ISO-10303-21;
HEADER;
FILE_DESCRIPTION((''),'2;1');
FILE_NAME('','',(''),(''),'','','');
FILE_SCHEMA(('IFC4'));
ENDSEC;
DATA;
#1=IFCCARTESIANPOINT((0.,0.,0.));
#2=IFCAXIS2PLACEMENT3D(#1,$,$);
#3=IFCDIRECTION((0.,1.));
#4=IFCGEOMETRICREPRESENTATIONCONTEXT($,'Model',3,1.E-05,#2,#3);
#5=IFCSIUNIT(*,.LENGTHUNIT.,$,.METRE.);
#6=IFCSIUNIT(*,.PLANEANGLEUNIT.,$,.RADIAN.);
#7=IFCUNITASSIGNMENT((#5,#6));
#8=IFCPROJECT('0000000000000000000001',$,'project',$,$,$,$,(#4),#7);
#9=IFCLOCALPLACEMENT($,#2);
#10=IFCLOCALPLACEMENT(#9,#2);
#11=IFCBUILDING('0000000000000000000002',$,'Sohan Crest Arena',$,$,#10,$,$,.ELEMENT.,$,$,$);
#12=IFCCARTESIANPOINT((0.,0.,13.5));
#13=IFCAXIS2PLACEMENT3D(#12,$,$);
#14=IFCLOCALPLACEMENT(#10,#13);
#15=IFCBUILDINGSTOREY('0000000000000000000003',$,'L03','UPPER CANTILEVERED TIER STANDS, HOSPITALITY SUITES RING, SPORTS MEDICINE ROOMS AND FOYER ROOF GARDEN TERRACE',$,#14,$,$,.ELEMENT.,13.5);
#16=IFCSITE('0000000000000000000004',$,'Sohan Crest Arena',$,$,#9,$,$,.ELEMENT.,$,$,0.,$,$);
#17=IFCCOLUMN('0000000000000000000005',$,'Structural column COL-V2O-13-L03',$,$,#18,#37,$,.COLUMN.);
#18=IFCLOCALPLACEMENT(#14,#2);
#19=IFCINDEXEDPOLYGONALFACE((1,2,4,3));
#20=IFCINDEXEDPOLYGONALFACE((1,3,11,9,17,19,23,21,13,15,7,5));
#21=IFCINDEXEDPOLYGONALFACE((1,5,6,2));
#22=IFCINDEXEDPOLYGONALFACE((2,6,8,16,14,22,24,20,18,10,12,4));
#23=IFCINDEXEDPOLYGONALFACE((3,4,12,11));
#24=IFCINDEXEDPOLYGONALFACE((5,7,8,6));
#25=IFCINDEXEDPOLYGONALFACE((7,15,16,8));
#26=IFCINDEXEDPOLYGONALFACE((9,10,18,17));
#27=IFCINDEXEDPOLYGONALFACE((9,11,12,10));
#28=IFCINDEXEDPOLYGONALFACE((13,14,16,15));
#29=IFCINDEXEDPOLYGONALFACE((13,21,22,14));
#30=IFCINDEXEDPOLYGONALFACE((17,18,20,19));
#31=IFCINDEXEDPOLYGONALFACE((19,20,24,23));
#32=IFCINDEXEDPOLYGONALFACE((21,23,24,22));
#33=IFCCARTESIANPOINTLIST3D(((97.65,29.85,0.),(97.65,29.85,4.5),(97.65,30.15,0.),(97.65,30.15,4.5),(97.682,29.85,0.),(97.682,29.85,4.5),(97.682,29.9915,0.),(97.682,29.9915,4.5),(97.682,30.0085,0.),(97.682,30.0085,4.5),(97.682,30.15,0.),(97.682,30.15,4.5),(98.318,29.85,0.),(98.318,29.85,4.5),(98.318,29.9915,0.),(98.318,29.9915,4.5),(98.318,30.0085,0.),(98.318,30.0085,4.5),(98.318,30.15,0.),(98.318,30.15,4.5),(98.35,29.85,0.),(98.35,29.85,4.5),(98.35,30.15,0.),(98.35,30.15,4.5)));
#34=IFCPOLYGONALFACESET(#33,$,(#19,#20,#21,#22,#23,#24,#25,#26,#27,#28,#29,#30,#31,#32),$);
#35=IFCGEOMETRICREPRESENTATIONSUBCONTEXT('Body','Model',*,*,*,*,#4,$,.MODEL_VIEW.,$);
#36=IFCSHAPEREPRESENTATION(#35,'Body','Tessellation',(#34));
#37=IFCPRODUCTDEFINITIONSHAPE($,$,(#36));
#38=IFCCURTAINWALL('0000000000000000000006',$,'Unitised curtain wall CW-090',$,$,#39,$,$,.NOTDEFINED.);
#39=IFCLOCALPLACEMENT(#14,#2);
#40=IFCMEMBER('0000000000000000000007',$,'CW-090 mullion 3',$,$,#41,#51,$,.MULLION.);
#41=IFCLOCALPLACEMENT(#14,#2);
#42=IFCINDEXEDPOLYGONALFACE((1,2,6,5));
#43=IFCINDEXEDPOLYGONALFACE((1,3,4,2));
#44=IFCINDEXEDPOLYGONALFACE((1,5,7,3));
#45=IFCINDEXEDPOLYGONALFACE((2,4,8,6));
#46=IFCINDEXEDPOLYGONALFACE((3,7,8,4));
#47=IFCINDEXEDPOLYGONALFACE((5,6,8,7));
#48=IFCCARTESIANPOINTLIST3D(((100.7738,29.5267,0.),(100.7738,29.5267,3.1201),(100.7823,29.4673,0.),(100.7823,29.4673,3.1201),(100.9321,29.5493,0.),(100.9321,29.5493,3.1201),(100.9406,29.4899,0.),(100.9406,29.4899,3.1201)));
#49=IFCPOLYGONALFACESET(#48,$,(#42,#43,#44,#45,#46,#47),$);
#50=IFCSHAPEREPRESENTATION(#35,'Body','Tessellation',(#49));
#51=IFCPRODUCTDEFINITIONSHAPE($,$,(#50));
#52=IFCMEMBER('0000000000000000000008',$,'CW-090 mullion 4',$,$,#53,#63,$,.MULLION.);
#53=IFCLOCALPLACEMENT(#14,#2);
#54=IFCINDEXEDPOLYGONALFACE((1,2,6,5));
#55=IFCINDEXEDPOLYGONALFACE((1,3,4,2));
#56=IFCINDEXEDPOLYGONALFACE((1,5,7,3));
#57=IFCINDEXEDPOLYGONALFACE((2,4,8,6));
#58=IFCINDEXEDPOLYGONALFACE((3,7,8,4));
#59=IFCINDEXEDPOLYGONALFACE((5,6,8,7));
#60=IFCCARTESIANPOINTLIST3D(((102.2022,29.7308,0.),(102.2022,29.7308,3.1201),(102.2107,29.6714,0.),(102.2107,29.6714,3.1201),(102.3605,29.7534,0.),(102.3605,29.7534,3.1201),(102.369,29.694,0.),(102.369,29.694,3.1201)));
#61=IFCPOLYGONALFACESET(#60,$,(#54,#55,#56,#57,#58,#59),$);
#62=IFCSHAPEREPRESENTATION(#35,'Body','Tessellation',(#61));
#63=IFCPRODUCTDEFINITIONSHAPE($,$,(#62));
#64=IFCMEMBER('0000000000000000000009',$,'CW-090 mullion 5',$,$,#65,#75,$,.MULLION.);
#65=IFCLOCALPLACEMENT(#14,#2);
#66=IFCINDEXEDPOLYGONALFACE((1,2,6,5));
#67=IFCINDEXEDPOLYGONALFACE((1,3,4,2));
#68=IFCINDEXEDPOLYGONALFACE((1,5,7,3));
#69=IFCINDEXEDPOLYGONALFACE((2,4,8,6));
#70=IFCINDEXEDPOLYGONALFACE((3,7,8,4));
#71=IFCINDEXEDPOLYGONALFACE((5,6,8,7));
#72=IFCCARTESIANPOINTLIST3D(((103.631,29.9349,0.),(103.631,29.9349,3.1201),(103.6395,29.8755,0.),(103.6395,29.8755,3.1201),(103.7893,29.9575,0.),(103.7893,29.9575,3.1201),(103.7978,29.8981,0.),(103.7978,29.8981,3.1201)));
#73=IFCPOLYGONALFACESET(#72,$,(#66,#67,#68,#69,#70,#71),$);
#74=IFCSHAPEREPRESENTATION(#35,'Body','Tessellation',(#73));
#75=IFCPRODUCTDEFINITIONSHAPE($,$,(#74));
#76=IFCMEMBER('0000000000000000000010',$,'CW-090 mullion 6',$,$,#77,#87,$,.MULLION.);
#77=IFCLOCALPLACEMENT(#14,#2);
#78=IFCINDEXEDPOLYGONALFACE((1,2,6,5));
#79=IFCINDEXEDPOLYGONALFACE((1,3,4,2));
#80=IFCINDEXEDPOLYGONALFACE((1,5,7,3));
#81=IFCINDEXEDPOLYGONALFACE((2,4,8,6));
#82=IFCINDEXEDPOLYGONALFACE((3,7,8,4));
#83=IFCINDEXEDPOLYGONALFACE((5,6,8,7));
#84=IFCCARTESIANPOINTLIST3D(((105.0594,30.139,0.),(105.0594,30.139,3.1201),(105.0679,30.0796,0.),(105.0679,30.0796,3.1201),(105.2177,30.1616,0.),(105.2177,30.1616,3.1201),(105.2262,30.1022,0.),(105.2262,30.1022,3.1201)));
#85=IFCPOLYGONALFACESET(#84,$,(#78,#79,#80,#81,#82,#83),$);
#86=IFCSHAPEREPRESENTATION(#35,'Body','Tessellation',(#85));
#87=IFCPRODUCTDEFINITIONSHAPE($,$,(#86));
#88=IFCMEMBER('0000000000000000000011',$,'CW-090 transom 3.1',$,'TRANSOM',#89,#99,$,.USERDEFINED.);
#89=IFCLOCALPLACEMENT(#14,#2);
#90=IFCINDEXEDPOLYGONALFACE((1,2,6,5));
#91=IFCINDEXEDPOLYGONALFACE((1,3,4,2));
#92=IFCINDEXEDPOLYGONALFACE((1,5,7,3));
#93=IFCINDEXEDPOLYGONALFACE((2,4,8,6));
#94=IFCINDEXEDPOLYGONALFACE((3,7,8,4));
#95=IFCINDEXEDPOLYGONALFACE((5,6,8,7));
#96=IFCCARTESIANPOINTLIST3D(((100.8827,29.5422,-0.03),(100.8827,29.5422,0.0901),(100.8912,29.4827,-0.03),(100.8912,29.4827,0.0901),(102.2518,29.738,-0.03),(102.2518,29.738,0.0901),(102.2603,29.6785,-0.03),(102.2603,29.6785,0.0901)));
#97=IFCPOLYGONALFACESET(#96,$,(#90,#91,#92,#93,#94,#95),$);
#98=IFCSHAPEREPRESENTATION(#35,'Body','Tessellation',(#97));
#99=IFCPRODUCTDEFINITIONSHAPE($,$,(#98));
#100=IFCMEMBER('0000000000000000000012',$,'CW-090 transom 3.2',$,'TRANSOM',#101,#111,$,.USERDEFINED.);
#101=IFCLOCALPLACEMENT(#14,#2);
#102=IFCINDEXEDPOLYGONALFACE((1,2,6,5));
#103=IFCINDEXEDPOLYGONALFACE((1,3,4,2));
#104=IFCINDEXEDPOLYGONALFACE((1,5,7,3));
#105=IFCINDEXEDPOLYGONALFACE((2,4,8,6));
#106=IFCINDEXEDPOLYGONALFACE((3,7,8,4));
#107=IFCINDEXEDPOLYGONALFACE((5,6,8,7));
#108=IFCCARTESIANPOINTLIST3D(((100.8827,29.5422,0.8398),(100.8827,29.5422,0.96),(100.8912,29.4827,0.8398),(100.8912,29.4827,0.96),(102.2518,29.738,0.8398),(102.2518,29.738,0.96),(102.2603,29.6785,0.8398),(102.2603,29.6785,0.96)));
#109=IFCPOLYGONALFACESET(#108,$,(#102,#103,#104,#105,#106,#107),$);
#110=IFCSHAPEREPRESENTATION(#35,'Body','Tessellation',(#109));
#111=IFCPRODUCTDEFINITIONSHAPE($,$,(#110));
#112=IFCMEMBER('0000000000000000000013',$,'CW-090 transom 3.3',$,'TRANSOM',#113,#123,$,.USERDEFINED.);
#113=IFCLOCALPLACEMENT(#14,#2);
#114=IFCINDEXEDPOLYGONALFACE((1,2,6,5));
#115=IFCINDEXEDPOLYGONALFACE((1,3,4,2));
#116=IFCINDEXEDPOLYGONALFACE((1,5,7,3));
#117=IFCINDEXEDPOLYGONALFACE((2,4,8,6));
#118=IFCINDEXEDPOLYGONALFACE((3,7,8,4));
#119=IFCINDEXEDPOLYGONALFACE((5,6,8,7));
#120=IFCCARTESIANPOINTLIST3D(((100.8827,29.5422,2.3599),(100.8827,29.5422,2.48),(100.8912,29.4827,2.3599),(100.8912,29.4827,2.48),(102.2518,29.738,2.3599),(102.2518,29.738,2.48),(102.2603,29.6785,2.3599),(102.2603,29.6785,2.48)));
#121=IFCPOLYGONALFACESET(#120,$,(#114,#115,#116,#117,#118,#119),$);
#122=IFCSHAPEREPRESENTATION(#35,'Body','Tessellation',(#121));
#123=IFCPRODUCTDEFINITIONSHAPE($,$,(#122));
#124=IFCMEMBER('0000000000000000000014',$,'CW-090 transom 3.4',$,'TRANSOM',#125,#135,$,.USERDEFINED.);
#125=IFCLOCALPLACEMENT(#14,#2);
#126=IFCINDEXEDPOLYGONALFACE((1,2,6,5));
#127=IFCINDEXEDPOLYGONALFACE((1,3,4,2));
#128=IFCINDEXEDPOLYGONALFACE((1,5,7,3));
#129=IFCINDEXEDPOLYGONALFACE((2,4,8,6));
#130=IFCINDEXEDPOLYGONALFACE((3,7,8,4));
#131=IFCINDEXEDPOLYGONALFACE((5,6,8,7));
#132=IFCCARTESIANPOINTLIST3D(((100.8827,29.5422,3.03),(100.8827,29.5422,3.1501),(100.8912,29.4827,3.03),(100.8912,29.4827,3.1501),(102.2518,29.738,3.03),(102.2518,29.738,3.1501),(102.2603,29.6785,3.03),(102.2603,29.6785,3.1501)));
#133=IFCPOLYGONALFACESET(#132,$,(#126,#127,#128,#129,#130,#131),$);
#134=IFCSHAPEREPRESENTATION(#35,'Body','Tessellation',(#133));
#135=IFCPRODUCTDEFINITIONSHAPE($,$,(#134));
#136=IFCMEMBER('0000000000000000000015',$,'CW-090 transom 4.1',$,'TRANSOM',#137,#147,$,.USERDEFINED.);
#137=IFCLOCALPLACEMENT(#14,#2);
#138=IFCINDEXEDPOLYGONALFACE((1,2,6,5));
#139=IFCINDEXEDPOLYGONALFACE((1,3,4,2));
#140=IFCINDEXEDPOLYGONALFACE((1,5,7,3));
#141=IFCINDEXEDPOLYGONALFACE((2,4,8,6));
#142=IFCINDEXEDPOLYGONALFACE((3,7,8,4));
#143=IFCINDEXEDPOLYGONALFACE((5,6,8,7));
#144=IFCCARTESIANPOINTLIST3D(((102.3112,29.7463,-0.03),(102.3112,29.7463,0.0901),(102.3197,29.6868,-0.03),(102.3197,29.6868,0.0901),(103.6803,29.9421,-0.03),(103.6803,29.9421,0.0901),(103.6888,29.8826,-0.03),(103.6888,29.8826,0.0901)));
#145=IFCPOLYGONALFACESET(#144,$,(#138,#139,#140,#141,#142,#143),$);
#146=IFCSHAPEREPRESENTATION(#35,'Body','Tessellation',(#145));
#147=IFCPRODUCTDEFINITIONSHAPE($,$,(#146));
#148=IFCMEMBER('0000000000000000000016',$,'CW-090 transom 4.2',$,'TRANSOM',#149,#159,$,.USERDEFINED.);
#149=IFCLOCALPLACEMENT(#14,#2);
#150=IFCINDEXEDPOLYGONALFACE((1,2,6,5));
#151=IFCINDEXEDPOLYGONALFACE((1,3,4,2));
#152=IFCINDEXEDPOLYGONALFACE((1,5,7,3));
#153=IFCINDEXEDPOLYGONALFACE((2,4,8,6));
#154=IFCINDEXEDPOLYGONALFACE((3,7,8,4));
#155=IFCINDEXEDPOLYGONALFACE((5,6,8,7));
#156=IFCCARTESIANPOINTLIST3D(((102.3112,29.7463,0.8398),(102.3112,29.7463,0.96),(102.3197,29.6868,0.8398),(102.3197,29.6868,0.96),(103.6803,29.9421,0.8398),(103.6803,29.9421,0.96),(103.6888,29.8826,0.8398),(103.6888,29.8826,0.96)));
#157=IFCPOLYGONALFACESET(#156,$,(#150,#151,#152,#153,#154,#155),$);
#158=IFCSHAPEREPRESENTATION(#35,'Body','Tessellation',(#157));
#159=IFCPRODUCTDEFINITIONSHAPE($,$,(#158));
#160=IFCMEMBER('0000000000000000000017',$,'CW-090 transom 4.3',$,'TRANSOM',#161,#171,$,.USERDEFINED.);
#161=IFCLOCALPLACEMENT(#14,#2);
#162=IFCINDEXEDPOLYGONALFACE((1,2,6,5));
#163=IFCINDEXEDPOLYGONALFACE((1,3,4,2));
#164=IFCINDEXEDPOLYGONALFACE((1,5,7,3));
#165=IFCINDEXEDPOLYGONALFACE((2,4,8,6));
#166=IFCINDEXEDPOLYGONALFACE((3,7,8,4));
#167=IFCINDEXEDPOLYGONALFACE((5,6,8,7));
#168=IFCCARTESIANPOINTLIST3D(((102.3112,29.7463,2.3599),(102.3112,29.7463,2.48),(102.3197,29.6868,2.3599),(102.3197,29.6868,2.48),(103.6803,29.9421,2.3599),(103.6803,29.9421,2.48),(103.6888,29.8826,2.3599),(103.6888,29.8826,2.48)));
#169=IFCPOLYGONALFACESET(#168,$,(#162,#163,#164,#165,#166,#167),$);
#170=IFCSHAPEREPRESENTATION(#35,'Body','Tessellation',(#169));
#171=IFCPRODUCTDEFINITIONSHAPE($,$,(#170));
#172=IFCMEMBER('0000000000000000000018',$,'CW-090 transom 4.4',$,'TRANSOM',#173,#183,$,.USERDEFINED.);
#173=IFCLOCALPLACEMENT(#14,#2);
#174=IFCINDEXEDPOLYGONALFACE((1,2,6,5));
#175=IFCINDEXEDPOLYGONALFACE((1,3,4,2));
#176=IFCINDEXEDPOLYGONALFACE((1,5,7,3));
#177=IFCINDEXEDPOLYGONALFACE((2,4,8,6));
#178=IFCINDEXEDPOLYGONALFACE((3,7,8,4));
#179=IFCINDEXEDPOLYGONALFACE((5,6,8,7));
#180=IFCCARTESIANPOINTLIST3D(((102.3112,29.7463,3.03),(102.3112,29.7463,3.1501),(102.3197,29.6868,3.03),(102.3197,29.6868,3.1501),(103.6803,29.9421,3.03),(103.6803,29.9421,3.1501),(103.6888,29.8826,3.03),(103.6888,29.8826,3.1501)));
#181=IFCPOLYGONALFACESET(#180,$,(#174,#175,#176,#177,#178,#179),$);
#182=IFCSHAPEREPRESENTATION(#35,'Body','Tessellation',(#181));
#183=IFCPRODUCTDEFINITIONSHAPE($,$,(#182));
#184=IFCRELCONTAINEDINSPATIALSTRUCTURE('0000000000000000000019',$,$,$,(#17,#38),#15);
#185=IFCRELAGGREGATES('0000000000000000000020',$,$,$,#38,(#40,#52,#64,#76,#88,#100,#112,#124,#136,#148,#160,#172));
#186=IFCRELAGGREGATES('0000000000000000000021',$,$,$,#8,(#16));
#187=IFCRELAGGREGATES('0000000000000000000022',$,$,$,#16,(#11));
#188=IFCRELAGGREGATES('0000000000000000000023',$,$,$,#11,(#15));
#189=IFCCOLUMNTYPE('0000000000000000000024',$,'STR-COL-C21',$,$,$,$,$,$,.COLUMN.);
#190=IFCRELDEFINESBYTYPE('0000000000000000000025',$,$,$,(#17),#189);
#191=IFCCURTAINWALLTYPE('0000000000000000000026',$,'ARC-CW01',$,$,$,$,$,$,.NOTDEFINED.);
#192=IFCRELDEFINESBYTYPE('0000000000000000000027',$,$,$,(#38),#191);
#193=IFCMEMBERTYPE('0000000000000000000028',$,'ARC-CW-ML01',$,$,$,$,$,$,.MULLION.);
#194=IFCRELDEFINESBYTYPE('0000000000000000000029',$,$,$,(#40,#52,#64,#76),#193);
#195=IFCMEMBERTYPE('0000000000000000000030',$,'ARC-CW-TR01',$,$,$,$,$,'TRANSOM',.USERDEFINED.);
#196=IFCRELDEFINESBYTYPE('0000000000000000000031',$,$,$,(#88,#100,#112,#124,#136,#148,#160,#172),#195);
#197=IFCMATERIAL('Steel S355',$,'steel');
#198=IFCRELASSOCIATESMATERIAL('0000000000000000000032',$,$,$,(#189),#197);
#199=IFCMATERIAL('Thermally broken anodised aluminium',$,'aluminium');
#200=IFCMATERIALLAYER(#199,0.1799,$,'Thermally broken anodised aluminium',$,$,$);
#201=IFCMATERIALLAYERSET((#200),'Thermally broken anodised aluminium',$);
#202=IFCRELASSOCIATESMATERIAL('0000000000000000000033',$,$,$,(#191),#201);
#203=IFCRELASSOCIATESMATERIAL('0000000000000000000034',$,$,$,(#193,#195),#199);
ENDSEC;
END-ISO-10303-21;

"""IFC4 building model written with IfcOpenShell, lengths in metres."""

from ifc_helpers import new_model, si_unit, direction, frame, origin, origin_2d, place, context, subcontext, project, spatial, rectangle, i_section, extrude, material, layer, layer_set, material_profile, profile_set, type_object, element, aggregate, save


model = new_model("IFC4")

# Units and contexts
model_context = context("Model", 3, precision=1e-05, world=origin(), true_north=direction((0.0, 1.0)))
body_context = subcontext(model_context, "Body", "Model", "MODEL_VIEW")
ifc_project = project(units=[si_unit("LENGTHUNIT", "METRE"), si_unit("PLANEANGLEUNIT", "RADIAN")], contexts=[model_context])

# Site, building, storey
site_placement = place(None, origin())
site = spatial("IfcSite", under=ifc_project, at=site_placement, Name="Sohan Crest Arena", CompositionType="ELEMENT", RefElevation=0.0)
building_placement = place(site_placement, origin())
building = spatial("IfcBuilding", under=site, at=building_placement, Name="Sohan Crest Arena", CompositionType="ELEMENT")
storey_placement = place(building_placement, frame((0.0, 0.0, 13.5)))
storey = spatial("IfcBuildingStorey", under=building, at=storey_placement, Name="L03", Description="UPPER CANTILEVERED TIER STANDS, HOSPITALITY SUITES RING, SPORTS MEDICINE ROOMS AND FOYER ROOF GARDEN TERRACE", CompositionType="ELEMENT", Elevation=13.5)

# Column
ifc_material_1 = material(Name="Steel S355", Category="steel")
ifc_material_profile_1 = material_profile(ifc_material_1, i_section(OverallWidth=0.3, OverallDepth=0.7, WebThickness=0.0171, FlangeThickness=0.032, at=origin_2d()), Name="HEB 700")
ifc_profile_set_1 = profile_set([ifc_material_profile_1], Name="Steel S355")
column_type = type_object("IfcColumnType", Name="STR-COL-C21", PredefinedType="COLUMN", material=ifc_profile_set_1)
column_placement = place(storey_placement, frame((98.0, 30.0, 0.0), z_axis=(0.0, 0.0, 1.0), x_axis=(0.0, 1.0, 0.0)))
element("IfcColumn", 1, at=column_placement, inside=storey, type_object=column_type, Name="Structural column COL-V2O-13-L03", PredefinedType="COLUMN", context=body_context, shape_type="SweptSolid", body=[
    extrude(i_section(OverallWidth=0.3, OverallDepth=0.7, WebThickness=0.0171, FlangeThickness=0.032, at=origin_2d()), origin(), (0.0, 0.0, 1.0), 4.5),
])

# Curtain wall, members
ifc_material_2 = material(Name="Thermally broken anodised aluminium", Category="aluminium")
ifc_layer_1 = layer(ifc_material_2, 0.1799, Name="Thermally broken anodised aluminium")
ifc_layer_set_1 = layer_set([ifc_layer_1], Name="Thermally broken anodised aluminium")
curtain_wall_type_1 = type_object("IfcCurtainWallType", Name="ARC-CW01", PredefinedType="NOTDEFINED", material=ifc_layer_set_1)
curtain_wall_1_placement = place(storey_placement, origin())
curtain_wall_1 = element("IfcCurtainWall", 2, at=curtain_wall_1_placement, inside=storey, type_object=curtain_wall_type_1, Name="Unitised curtain wall CW-090", PredefinedType="NOTDEFINED")
ifc_material_profile_2 = material_profile(ifc_material_2, rectangle(XDim=0.0601, YDim=0.1599, at=origin_2d()), Name="ALU-MULL 60x160")
ifc_profile_set_2 = profile_set([ifc_material_profile_2], Name="Thermally broken anodised aluminium")
member_type_1 = type_object("IfcMemberType", Name="ARC-CW-ML01", PredefinedType="MULLION", material=ifc_profile_set_2)
member_1_placement = place(storey_placement, frame((100.8572, 29.5083, 0.0), z_axis=(0.0, 0.0, 1.0), x_axis=(-0.141463, 0.989944, 0.0)))
member_1 = element("IfcMember", 3, at=member_1_placement, type_object=member_type_1, Name="CW-090 mullion 3", PredefinedType="MULLION", context=body_context, shape_type="SweptSolid", body=[
    extrude(rectangle(XDim=0.0601, YDim=0.1599, at=origin_2d()), origin(), (0.0, 0.0, 1.0), 3.1201),
])
member_2_placement = place(storey_placement, frame((102.2856, 29.7124, 0.0), z_axis=(0.0, 0.0, 1.0), x_axis=(-0.141463, 0.989944, 0.0)))
member_2 = element("IfcMember", 4, at=member_2_placement, type_object=member_type_1, Name="CW-090 mullion 4", PredefinedType="MULLION", context=body_context, shape_type="SweptSolid", body=[
    extrude(rectangle(XDim=0.0601, YDim=0.1599, at=origin_2d()), origin(), (0.0, 0.0, 1.0), 3.1201),
])
member_3_placement = place(storey_placement, frame((103.7144, 29.9165, 0.0), z_axis=(0.0, 0.0, 1.0), x_axis=(-0.141463, 0.989944, 0.0)))
member_3 = element("IfcMember", 5, at=member_3_placement, type_object=member_type_1, Name="CW-090 mullion 5", PredefinedType="MULLION", context=body_context, shape_type="SweptSolid", body=[
    extrude(rectangle(XDim=0.0601, YDim=0.1599, at=origin_2d()), origin(), (0.0, 0.0, 1.0), 3.1201),
])
member_4_placement = place(storey_placement, frame((105.1428, 30.1206, 0.0), z_axis=(0.0, 0.0, 1.0), x_axis=(-0.141463, 0.989944, 0.0)))
member_4 = element("IfcMember", 6, at=member_4_placement, type_object=member_type_1, Name="CW-090 mullion 6", PredefinedType="MULLION", context=body_context, shape_type="SweptSolid", body=[
    extrude(rectangle(XDim=0.0601, YDim=0.1599, at=origin_2d()), origin(), (0.0, 0.0, 1.0), 3.1201),
])
ifc_material_profile_3 = material_profile(ifc_material_2, rectangle(XDim=0.0601, YDim=0.1201, at=origin_2d()), Name="ALU-TRAN 60x120")
ifc_profile_set_3 = profile_set([ifc_material_profile_3], Name="Thermally broken anodised aluminium")
member_type_2 = type_object("IfcMemberType", Name="ARC-CW-TR01", ElementType="TRANSOM", PredefinedType="USERDEFINED", material=ifc_profile_set_3)
member_5_placement = place(storey_placement, frame((100.887, 29.5125, 0.03), z_axis=(0.989928, 0.14157, 0.0), x_axis=(-0.14157, 0.989928, 0.0)))
member_5 = element("IfcMember", 7, at=member_5_placement, type_object=member_type_2, Name="CW-090 transom 3.1", ObjectType="TRANSOM", PredefinedType="USERDEFINED", context=body_context, shape_type="SweptSolid", body=[
    extrude(rectangle(XDim=0.0601, YDim=0.1201, at=origin_2d()), origin(), (0.0, 0.0, 1.0), 1.3831),
])
member_6_placement = place(storey_placement, frame((100.887, 29.5125, 0.8999), z_axis=(0.989928, 0.14157, 0.0), x_axis=(-0.14157, 0.989928, 0.0)))
member_6 = element("IfcMember", 8, at=member_6_placement, type_object=member_type_2, Name="CW-090 transom 3.2", ObjectType="TRANSOM", PredefinedType="USERDEFINED", context=body_context, shape_type="SweptSolid", body=[
    extrude(rectangle(XDim=0.0601, YDim=0.1201, at=origin_2d()), origin(), (0.0, 0.0, 1.0), 1.3831),
])
member_7_placement = place(storey_placement, frame((100.887, 29.5125, 2.4199), z_axis=(0.989928, 0.14157, 0.0), x_axis=(-0.14157, 0.989928, 0.0)))
member_7 = element("IfcMember", 9, at=member_7_placement, type_object=member_type_2, Name="CW-090 transom 3.3", ObjectType="TRANSOM", PredefinedType="USERDEFINED", context=body_context, shape_type="SweptSolid", body=[
    extrude(rectangle(XDim=0.0601, YDim=0.1201, at=origin_2d()), origin(), (0.0, 0.0, 1.0), 1.3831),
])
member_8_placement = place(storey_placement, frame((100.887, 29.5125, 3.0901), z_axis=(0.989928, 0.14157, 0.0), x_axis=(-0.14157, 0.989928, 0.0)))
member_8 = element("IfcMember", 10, at=member_8_placement, type_object=member_type_2, Name="CW-090 transom 3.4", ObjectType="TRANSOM", PredefinedType="USERDEFINED", context=body_context, shape_type="SweptSolid", body=[
    extrude(rectangle(XDim=0.0601, YDim=0.1201, at=origin_2d()), origin(), (0.0, 0.0, 1.0), 1.3831),
])
member_9_placement = place(storey_placement, frame((102.3154, 29.7166, 0.03), z_axis=(0.989928, 0.14157, 0.0), x_axis=(-0.14157, 0.989928, 0.0)))
member_9 = element("IfcMember", 11, at=member_9_placement, type_object=member_type_2, Name="CW-090 transom 4.1", ObjectType="TRANSOM", PredefinedType="USERDEFINED", context=body_context, shape_type="SweptSolid", body=[
    extrude(rectangle(XDim=0.0601, YDim=0.1201, at=origin_2d()), origin(), (0.0, 0.0, 1.0), 1.3831),
])
member_10_placement = place(storey_placement, frame((102.3154, 29.7166, 0.8999), z_axis=(0.989928, 0.14157, 0.0), x_axis=(-0.14157, 0.989928, 0.0)))
member_10 = element("IfcMember", 12, at=member_10_placement, type_object=member_type_2, Name="CW-090 transom 4.2", ObjectType="TRANSOM", PredefinedType="USERDEFINED", context=body_context, shape_type="SweptSolid", body=[
    extrude(rectangle(XDim=0.0601, YDim=0.1201, at=origin_2d()), origin(), (0.0, 0.0, 1.0), 1.3831),
])
member_11_placement = place(storey_placement, frame((102.3154, 29.7166, 2.4199), z_axis=(0.989928, 0.14157, 0.0), x_axis=(-0.14157, 0.989928, 0.0)))
member_11 = element("IfcMember", 13, at=member_11_placement, type_object=member_type_2, Name="CW-090 transom 4.3", ObjectType="TRANSOM", PredefinedType="USERDEFINED", context=body_context, shape_type="SweptSolid", body=[
    extrude(rectangle(XDim=0.0601, YDim=0.1201, at=origin_2d()), origin(), (0.0, 0.0, 1.0), 1.3831),
])
member_12_placement = place(storey_placement, frame((102.3154, 29.7166, 3.0901), z_axis=(0.989928, 0.14157, 0.0), x_axis=(-0.14157, 0.989928, 0.0)))
member_12 = element("IfcMember", 14, at=member_12_placement, type_object=member_type_2, Name="CW-090 transom 4.4", ObjectType="TRANSOM", PredefinedType="USERDEFINED", context=body_context, shape_type="SweptSolid", body=[
    extrude(rectangle(XDim=0.0601, YDim=0.1201, at=origin_2d()), origin(), (0.0, 0.0, 1.0), 1.3831),
])

aggregate(curtain_wall_1, [member_1, member_2, member_3, member_4, member_5, member_6, member_7, member_8, member_9, member_10, member_11, member_12])

save(model, "model.ifc")
